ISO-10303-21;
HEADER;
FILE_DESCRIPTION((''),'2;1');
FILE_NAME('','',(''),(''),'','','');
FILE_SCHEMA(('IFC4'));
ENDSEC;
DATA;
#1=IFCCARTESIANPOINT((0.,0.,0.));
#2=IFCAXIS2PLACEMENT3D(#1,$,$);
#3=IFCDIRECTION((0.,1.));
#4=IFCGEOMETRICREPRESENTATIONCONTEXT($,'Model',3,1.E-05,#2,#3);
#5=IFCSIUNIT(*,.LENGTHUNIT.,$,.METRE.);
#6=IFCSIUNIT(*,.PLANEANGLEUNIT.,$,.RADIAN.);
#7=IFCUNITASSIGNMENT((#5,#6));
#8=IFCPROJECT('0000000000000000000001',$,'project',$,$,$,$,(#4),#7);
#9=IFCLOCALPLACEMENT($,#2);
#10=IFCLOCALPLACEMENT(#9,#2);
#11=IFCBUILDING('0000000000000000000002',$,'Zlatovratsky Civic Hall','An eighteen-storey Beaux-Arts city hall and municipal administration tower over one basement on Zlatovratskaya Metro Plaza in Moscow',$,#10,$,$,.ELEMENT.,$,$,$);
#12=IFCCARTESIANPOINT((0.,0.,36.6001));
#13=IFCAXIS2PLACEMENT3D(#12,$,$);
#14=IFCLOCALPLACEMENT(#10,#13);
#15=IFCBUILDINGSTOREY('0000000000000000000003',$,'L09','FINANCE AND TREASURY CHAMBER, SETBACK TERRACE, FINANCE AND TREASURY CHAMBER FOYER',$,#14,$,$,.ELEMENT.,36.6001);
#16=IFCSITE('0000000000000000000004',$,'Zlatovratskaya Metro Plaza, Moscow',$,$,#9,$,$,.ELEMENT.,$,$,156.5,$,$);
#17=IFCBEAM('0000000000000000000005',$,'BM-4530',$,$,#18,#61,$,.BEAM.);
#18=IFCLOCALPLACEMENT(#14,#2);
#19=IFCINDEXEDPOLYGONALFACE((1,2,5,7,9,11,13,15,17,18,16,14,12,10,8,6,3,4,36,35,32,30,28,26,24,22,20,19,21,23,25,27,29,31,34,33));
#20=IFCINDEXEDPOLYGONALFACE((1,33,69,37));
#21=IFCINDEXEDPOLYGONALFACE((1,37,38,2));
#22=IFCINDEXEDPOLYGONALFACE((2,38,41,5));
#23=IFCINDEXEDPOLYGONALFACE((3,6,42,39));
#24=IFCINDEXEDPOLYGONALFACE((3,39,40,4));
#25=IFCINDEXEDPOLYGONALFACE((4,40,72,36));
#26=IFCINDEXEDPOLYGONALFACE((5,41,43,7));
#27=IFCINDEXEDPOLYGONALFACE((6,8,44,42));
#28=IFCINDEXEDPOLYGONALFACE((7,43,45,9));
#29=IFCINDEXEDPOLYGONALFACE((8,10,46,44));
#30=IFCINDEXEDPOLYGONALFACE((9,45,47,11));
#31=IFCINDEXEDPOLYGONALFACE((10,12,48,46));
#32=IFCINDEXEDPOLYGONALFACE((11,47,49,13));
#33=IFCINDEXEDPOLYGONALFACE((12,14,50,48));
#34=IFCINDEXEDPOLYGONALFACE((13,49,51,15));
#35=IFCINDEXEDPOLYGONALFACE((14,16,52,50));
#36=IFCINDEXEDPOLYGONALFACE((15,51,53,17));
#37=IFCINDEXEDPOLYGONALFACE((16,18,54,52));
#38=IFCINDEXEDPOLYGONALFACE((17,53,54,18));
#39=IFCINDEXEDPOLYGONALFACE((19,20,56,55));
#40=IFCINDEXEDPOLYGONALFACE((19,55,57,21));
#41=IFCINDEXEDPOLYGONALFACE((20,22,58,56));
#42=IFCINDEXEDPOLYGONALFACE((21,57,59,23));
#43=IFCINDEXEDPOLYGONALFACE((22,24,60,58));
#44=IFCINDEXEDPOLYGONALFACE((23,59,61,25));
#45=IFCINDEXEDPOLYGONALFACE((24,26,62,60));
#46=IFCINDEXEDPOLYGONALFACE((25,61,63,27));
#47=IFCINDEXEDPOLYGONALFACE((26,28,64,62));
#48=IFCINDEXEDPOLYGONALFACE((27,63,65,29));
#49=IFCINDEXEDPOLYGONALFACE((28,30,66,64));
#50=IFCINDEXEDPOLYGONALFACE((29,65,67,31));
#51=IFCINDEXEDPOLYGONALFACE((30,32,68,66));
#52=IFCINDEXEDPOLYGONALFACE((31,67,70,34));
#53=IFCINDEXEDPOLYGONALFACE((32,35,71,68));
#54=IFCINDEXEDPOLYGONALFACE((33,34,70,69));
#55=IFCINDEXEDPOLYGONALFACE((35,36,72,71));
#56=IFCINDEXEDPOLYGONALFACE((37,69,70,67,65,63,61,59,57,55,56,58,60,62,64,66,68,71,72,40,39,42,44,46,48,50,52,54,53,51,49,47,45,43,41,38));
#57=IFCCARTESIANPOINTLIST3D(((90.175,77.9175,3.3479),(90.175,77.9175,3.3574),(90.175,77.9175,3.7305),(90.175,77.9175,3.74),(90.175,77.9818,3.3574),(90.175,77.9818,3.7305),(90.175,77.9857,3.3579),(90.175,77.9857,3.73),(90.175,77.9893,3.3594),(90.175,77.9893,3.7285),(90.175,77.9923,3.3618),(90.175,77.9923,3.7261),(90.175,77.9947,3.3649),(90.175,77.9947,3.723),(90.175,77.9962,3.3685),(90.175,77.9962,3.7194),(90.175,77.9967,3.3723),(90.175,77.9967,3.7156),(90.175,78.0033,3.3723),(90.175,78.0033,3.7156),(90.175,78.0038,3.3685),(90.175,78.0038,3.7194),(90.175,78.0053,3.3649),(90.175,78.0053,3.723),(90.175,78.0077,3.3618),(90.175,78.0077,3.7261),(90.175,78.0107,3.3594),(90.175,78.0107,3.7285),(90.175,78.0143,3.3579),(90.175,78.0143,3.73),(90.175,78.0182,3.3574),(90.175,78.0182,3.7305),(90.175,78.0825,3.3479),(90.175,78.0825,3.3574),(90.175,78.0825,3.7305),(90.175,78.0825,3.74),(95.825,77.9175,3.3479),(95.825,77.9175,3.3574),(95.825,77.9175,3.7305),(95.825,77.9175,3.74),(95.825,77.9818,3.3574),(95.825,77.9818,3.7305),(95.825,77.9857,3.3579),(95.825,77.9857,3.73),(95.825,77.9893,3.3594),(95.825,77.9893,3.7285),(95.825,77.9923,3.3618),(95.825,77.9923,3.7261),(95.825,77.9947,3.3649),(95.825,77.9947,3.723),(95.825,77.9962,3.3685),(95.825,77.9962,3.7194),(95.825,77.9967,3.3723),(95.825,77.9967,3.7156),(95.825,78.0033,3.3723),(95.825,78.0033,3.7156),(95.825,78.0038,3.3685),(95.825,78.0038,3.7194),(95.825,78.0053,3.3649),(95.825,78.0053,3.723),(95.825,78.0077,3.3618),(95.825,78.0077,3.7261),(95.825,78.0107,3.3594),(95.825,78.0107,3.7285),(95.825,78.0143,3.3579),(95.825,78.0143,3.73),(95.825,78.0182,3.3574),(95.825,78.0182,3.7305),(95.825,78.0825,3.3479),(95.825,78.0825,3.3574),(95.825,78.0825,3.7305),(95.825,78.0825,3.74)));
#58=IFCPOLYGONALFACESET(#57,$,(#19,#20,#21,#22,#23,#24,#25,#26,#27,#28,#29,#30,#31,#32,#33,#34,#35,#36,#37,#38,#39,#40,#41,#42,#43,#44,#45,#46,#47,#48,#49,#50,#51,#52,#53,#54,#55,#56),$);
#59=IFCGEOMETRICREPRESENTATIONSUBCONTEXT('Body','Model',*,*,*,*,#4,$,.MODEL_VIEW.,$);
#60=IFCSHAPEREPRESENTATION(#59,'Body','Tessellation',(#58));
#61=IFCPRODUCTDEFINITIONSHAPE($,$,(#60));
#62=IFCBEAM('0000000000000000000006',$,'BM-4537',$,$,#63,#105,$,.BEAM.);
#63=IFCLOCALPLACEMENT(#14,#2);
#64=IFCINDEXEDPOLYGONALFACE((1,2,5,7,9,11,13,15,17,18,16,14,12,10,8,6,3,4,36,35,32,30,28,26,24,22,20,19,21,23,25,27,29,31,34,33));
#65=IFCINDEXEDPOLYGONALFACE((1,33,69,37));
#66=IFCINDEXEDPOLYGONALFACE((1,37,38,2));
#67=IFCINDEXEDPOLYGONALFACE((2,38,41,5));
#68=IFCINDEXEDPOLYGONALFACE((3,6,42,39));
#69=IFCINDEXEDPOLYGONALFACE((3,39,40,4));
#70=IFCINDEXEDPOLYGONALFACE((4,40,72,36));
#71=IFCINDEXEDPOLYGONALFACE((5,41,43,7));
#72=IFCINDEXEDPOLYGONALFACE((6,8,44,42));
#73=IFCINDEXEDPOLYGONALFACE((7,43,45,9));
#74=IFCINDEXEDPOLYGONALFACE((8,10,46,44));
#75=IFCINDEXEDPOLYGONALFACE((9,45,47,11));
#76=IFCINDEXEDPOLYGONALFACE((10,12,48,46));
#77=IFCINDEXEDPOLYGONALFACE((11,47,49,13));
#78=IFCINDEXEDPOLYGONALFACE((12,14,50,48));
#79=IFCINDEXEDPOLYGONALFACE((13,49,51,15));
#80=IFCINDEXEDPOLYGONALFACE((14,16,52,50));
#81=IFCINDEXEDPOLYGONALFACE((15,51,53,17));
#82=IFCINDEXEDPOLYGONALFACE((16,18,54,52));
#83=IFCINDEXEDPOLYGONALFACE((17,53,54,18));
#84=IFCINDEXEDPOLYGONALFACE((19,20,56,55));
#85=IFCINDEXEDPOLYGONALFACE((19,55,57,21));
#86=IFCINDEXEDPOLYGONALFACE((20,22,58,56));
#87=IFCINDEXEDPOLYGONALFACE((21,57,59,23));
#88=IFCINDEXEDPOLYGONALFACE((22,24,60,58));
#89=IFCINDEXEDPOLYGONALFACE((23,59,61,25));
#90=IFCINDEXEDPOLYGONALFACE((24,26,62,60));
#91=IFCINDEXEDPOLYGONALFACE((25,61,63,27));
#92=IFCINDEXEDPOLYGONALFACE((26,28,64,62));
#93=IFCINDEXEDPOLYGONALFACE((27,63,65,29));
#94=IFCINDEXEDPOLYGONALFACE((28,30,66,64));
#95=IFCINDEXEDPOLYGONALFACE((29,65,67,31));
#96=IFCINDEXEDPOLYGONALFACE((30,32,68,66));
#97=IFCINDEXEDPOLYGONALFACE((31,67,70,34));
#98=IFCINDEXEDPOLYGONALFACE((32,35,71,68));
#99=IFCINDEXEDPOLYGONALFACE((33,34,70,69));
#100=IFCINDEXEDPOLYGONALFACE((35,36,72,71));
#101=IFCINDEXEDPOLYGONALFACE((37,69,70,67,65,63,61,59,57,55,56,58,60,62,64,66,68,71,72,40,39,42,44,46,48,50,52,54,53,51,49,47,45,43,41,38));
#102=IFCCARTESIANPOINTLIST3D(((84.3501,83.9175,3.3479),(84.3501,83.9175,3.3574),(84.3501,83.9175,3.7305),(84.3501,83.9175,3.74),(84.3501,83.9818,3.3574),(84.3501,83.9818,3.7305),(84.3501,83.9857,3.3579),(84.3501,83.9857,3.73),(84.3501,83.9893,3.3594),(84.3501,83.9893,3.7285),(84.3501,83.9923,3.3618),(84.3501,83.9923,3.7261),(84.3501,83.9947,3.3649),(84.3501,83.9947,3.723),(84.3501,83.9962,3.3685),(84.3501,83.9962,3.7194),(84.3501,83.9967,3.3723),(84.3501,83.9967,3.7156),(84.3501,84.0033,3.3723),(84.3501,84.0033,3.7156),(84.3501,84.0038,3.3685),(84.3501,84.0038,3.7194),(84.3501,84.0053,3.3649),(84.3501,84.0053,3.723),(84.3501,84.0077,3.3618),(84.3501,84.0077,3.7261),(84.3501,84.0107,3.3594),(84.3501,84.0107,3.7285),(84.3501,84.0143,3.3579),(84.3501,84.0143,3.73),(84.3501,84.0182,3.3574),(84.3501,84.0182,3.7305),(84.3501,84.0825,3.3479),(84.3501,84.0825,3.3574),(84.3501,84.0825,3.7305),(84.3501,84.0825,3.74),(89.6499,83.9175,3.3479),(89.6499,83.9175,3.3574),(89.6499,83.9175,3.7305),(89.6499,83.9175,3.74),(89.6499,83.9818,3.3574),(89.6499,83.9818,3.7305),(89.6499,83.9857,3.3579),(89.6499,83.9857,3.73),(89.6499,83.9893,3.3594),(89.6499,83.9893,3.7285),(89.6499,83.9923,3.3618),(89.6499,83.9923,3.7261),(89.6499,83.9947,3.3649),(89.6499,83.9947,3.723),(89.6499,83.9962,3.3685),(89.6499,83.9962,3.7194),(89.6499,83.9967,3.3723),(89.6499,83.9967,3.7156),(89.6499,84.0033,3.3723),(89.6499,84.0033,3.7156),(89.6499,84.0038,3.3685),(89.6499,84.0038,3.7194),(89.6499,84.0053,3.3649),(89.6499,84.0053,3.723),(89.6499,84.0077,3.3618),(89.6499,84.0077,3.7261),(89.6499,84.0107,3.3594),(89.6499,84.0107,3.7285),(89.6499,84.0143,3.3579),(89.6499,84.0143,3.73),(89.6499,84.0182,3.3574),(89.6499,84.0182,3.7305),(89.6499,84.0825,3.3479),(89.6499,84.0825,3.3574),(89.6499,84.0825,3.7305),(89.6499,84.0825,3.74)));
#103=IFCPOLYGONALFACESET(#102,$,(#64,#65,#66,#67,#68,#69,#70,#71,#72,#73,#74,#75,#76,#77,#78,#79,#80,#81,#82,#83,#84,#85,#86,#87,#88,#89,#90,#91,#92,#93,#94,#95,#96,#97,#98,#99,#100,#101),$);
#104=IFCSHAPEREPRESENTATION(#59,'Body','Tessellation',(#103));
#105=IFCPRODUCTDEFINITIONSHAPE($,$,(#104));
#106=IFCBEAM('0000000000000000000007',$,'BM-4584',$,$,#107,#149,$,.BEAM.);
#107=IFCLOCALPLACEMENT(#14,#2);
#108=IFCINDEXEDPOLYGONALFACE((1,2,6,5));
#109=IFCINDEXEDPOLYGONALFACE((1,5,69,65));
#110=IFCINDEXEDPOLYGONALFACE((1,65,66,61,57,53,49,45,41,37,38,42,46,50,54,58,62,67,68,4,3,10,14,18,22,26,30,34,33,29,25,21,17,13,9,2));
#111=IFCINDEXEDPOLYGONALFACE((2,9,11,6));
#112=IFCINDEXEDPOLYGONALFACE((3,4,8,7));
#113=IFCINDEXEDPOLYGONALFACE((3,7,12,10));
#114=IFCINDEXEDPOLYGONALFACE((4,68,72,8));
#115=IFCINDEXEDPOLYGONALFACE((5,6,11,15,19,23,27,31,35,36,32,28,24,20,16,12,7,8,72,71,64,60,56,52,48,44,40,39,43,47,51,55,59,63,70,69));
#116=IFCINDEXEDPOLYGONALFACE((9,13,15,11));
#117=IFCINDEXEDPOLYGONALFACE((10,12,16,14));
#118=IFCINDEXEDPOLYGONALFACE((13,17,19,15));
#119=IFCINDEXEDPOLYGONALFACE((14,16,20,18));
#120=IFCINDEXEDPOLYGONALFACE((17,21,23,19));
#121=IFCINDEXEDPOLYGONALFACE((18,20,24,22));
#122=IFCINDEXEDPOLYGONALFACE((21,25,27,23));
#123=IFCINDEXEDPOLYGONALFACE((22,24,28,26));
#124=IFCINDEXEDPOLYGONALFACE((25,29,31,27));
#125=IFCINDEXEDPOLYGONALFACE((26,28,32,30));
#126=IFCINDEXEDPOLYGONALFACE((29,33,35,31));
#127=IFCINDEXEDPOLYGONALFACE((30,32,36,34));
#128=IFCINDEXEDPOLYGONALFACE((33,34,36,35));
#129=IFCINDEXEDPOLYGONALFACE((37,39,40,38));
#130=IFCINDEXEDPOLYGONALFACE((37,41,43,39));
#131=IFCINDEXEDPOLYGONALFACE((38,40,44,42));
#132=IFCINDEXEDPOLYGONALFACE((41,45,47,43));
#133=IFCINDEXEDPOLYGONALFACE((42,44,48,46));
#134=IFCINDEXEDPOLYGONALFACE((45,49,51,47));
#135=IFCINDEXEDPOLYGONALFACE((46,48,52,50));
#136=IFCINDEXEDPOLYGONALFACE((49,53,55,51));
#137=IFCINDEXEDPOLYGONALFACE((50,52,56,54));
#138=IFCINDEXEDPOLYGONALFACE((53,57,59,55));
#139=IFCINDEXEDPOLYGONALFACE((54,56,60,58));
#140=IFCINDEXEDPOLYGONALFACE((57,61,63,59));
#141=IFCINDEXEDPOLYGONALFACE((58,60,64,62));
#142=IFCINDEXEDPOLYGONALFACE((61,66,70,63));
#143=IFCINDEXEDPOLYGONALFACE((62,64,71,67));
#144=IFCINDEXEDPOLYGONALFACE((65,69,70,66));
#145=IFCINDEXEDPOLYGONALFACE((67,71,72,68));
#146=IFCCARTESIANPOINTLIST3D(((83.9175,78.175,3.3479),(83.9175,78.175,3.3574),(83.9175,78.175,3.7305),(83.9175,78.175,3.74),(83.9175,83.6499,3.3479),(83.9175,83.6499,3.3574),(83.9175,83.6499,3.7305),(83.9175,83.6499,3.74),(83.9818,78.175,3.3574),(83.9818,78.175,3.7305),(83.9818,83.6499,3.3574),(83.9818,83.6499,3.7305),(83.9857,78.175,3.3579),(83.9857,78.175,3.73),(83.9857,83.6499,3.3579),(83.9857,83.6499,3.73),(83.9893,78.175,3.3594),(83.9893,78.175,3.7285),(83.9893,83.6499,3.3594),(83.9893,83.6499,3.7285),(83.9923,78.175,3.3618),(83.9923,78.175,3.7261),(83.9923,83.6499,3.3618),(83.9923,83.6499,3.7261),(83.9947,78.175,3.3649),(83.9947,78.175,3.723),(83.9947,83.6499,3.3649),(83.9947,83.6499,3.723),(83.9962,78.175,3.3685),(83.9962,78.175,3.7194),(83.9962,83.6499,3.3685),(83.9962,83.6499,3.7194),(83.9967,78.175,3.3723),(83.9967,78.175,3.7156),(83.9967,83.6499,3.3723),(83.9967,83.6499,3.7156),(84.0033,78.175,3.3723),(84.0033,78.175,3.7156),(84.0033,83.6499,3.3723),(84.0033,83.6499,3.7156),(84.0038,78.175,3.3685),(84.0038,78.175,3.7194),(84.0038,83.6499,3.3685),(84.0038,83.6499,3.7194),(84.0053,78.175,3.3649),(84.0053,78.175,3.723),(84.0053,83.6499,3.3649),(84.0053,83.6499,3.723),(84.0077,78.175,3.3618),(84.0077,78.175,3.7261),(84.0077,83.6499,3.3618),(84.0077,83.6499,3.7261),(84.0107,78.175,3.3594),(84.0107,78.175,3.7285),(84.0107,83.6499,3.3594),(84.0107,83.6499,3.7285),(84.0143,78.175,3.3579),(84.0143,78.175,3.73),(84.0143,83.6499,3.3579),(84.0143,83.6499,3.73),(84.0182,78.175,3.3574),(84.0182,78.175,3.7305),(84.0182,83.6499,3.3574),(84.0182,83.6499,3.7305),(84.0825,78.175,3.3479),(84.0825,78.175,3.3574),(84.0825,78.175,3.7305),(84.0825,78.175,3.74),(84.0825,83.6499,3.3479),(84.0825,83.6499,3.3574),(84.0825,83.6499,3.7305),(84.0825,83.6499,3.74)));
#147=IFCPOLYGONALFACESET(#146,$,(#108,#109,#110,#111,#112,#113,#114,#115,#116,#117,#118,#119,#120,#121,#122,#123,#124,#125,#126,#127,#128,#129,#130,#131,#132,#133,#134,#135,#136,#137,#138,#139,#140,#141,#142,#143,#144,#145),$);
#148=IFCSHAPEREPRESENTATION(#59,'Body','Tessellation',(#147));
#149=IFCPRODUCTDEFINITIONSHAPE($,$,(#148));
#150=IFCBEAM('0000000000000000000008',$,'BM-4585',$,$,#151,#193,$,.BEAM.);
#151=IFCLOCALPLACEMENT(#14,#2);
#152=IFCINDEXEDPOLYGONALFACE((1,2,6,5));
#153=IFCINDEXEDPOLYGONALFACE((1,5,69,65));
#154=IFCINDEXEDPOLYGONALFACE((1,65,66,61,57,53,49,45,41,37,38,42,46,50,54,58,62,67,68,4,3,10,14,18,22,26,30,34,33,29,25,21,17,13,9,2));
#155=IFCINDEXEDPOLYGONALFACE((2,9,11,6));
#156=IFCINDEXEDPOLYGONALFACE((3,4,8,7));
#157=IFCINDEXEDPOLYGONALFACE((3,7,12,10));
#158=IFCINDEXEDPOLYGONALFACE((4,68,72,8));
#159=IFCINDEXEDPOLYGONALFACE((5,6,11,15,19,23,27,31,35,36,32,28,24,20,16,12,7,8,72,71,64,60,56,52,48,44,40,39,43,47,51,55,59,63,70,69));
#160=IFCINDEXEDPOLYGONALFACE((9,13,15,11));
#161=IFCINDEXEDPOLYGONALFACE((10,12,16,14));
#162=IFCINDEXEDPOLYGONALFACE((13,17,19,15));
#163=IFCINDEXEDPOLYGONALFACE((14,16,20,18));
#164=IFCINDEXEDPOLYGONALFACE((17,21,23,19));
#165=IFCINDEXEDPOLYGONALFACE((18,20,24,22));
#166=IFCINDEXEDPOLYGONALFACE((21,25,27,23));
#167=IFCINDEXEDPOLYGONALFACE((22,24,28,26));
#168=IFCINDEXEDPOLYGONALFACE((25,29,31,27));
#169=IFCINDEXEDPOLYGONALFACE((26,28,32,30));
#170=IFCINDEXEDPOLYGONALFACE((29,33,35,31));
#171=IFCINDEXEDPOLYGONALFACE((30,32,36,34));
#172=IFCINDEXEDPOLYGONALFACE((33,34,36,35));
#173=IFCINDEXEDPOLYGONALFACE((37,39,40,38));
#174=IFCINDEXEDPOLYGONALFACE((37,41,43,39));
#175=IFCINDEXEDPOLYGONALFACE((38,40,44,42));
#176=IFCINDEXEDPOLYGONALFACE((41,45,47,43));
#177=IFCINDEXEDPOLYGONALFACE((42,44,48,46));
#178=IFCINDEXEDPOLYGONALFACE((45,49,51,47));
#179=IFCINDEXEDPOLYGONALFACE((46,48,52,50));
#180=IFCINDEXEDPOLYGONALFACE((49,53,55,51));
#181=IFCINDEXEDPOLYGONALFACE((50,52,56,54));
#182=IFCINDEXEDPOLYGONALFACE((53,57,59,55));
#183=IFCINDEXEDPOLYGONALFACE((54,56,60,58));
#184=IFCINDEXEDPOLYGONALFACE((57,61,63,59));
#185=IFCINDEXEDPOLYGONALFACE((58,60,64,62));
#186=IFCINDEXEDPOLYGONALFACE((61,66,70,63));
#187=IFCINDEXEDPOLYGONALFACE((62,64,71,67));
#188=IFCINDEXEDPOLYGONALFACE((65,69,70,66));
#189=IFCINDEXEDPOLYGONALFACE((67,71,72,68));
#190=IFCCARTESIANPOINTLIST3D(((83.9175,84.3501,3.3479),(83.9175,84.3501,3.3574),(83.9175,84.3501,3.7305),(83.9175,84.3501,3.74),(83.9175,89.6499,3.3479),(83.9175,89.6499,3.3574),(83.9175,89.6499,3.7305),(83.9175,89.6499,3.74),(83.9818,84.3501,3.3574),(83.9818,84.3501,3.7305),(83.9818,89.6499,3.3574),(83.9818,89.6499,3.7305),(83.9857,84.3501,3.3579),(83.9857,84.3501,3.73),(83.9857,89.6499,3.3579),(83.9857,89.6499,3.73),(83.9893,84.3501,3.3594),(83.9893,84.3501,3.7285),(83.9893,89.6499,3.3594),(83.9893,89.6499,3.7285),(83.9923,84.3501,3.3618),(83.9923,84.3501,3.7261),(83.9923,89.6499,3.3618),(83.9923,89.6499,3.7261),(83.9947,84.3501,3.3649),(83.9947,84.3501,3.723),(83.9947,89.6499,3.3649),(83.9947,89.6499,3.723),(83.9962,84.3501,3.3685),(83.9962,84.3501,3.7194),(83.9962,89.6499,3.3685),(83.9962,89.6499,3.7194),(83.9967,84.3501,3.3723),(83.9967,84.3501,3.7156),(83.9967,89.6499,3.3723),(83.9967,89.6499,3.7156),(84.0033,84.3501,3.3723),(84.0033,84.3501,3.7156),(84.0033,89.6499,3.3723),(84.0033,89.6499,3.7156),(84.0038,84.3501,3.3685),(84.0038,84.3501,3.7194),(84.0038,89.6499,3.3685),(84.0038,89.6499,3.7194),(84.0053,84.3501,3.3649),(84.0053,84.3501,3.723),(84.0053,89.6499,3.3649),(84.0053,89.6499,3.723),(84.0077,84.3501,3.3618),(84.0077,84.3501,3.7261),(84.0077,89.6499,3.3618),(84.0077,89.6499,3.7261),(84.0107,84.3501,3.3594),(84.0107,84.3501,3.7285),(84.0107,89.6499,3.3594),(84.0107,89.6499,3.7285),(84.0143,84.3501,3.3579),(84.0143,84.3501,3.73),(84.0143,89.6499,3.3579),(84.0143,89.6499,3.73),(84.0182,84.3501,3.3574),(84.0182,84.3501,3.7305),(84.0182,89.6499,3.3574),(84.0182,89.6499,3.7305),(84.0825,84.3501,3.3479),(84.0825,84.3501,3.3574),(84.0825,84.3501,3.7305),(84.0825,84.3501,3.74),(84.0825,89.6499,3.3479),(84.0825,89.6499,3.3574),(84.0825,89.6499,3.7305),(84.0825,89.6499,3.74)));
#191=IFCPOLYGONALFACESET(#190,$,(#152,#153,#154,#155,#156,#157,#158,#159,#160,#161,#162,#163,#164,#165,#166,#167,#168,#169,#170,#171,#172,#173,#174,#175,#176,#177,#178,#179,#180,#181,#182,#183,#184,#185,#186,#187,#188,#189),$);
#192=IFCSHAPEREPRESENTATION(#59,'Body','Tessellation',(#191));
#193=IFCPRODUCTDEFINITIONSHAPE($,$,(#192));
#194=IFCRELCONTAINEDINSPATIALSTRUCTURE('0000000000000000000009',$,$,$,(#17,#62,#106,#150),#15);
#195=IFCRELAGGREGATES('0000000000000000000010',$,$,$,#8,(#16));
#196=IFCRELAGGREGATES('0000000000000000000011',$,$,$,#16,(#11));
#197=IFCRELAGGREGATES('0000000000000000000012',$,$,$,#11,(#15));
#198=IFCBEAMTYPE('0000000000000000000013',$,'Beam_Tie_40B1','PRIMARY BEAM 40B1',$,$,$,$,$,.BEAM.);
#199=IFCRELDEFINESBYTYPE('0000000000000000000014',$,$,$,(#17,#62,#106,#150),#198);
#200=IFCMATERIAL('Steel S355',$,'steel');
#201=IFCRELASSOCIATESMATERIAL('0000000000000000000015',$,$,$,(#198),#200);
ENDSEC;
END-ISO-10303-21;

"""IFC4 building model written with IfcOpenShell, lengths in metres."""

from ifc_helpers import new_model, si_unit, direction, frame, origin, origin_2d, place, context, subcontext, project, spatial, i_section, extrude, material, material_profile, profile_set, type_object, element, save


model = new_model("IFC4")

# Units and contexts
model_context = context("Model", 3, precision=1e-05, world=origin(), true_north=direction((0.0, 1.0)))
body_context = subcontext(model_context, "Body", "Model", "MODEL_VIEW")
ifc_project = project(units=[si_unit("LENGTHUNIT", "METRE"), si_unit("PLANEANGLEUNIT", "RADIAN")], contexts=[model_context])

# Site, building, storey
site_placement = place(None, origin())
site = spatial("IfcSite", under=ifc_project, at=site_placement, Name="Zlatovratskaya Metro Plaza, Moscow", CompositionType="ELEMENT", RefElevation=156.5)
building_placement = place(site_placement, origin())
building = spatial("IfcBuilding", under=site, at=building_placement, Name="Zlatovratsky Civic Hall", Description="An eighteen-storey Beaux-Arts city hall and municipal administration tower over one basement on Zlatovratskaya Metro Plaza in Moscow", CompositionType="ELEMENT")
storey_placement = place(building_placement, frame((0.0, 0.0, 36.6001)))
storey = spatial("IfcBuildingStorey", under=building, at=storey_placement, Name="L09", Description="FINANCE AND TREASURY CHAMBER, SETBACK TERRACE, FINANCE AND TREASURY CHAMBER FOYER", CompositionType="ELEMENT", Elevation=36.6001)

# Shared definitions
ifc_material_1 = material(Name="Steel S355", Category="steel")

# Beams
ifc_material_profile_1 = material_profile(ifc_material_1, i_section(OverallWidth=0.165, OverallDepth=0.3921, WebThickness=0.0066, FlangeThickness=0.0095, FilletRadius=0.0149, at=origin_2d()), Name="40B1")
ifc_profile_set_1 = profile_set([ifc_material_profile_1], Name="Steel S355")
beam_type = type_object("IfcBeamType", Name="Beam_Tie_40B1", Description="PRIMARY BEAM 40B1", PredefinedType="BEAM", material=ifc_profile_set_1)
for number, where, z_axis, x_axis, name in (
    (1, (90.175, 78.0, 3.5439), (1.0, 0.0, 0.0), (0.0, 1.0, 0.0), "BM-4530"),
):
    element("IfcBeam", number, at=place(storey_placement, frame(where, z_axis=z_axis, x_axis=x_axis)), inside=storey, type_object=beam_type, Name=name, PredefinedType="BEAM", context=body_context, shape_type="SweptSolid", body=[
        extrude(i_section(OverallWidth=0.165, OverallDepth=0.3921, WebThickness=0.0066, FlangeThickness=0.0095, FilletRadius=0.0149, at=origin_2d()), origin(), (0.0, 0.0, 1.0), 5.6499),
    ])
beam_1_placement = place(storey_placement, frame((84.3501, 84.0, 3.5439), z_axis=(1.0, 0.0, 0.0), x_axis=(0.0, 1.0, 0.0)))
element("IfcBeam", 2, at=beam_1_placement, inside=storey, type_object=beam_type, Name="BM-4537", PredefinedType="BEAM", context=body_context, shape_type="SweptSolid", body=[
    extrude(i_section(OverallWidth=0.165, OverallDepth=0.3921, WebThickness=0.0066, FlangeThickness=0.0095, FilletRadius=0.0149, at=origin_2d()), origin(), (0.0, 0.0, 1.0), 5.2998),
])
beam_2_placement = place(storey_placement, frame((84.0, 78.175, 3.5439), z_axis=(0.0, 1.0, 0.0), x_axis=(-1.0, 0.0, 0.0)))
element("IfcBeam", 3, at=beam_2_placement, inside=storey, type_object=beam_type, Name="BM-4584", PredefinedType="BEAM", context=body_context, shape_type="SweptSolid", body=[
    extrude(i_section(OverallWidth=0.165, OverallDepth=0.3921, WebThickness=0.0066, FlangeThickness=0.0095, FilletRadius=0.0149, at=origin_2d()), origin(), (0.0, 0.0, 1.0), 5.4749),
])
beam_3_placement = place(storey_placement, frame((84.0, 84.3501, 3.5439), z_axis=(0.0, 1.0, 0.0), x_axis=(-1.0, 0.0, 0.0)))
element("IfcBeam", 4, at=beam_3_placement, inside=storey, type_object=beam_type, Name="BM-4585", PredefinedType="BEAM", context=body_context, shape_type="SweptSolid", body=[
    extrude(i_section(OverallWidth=0.165, OverallDepth=0.3921, WebThickness=0.0066, FlangeThickness=0.0095, FilletRadius=0.0149, at=origin_2d()), origin(), (0.0, 0.0, 1.0), 5.2998),
])

save(model, "model.ifc")
